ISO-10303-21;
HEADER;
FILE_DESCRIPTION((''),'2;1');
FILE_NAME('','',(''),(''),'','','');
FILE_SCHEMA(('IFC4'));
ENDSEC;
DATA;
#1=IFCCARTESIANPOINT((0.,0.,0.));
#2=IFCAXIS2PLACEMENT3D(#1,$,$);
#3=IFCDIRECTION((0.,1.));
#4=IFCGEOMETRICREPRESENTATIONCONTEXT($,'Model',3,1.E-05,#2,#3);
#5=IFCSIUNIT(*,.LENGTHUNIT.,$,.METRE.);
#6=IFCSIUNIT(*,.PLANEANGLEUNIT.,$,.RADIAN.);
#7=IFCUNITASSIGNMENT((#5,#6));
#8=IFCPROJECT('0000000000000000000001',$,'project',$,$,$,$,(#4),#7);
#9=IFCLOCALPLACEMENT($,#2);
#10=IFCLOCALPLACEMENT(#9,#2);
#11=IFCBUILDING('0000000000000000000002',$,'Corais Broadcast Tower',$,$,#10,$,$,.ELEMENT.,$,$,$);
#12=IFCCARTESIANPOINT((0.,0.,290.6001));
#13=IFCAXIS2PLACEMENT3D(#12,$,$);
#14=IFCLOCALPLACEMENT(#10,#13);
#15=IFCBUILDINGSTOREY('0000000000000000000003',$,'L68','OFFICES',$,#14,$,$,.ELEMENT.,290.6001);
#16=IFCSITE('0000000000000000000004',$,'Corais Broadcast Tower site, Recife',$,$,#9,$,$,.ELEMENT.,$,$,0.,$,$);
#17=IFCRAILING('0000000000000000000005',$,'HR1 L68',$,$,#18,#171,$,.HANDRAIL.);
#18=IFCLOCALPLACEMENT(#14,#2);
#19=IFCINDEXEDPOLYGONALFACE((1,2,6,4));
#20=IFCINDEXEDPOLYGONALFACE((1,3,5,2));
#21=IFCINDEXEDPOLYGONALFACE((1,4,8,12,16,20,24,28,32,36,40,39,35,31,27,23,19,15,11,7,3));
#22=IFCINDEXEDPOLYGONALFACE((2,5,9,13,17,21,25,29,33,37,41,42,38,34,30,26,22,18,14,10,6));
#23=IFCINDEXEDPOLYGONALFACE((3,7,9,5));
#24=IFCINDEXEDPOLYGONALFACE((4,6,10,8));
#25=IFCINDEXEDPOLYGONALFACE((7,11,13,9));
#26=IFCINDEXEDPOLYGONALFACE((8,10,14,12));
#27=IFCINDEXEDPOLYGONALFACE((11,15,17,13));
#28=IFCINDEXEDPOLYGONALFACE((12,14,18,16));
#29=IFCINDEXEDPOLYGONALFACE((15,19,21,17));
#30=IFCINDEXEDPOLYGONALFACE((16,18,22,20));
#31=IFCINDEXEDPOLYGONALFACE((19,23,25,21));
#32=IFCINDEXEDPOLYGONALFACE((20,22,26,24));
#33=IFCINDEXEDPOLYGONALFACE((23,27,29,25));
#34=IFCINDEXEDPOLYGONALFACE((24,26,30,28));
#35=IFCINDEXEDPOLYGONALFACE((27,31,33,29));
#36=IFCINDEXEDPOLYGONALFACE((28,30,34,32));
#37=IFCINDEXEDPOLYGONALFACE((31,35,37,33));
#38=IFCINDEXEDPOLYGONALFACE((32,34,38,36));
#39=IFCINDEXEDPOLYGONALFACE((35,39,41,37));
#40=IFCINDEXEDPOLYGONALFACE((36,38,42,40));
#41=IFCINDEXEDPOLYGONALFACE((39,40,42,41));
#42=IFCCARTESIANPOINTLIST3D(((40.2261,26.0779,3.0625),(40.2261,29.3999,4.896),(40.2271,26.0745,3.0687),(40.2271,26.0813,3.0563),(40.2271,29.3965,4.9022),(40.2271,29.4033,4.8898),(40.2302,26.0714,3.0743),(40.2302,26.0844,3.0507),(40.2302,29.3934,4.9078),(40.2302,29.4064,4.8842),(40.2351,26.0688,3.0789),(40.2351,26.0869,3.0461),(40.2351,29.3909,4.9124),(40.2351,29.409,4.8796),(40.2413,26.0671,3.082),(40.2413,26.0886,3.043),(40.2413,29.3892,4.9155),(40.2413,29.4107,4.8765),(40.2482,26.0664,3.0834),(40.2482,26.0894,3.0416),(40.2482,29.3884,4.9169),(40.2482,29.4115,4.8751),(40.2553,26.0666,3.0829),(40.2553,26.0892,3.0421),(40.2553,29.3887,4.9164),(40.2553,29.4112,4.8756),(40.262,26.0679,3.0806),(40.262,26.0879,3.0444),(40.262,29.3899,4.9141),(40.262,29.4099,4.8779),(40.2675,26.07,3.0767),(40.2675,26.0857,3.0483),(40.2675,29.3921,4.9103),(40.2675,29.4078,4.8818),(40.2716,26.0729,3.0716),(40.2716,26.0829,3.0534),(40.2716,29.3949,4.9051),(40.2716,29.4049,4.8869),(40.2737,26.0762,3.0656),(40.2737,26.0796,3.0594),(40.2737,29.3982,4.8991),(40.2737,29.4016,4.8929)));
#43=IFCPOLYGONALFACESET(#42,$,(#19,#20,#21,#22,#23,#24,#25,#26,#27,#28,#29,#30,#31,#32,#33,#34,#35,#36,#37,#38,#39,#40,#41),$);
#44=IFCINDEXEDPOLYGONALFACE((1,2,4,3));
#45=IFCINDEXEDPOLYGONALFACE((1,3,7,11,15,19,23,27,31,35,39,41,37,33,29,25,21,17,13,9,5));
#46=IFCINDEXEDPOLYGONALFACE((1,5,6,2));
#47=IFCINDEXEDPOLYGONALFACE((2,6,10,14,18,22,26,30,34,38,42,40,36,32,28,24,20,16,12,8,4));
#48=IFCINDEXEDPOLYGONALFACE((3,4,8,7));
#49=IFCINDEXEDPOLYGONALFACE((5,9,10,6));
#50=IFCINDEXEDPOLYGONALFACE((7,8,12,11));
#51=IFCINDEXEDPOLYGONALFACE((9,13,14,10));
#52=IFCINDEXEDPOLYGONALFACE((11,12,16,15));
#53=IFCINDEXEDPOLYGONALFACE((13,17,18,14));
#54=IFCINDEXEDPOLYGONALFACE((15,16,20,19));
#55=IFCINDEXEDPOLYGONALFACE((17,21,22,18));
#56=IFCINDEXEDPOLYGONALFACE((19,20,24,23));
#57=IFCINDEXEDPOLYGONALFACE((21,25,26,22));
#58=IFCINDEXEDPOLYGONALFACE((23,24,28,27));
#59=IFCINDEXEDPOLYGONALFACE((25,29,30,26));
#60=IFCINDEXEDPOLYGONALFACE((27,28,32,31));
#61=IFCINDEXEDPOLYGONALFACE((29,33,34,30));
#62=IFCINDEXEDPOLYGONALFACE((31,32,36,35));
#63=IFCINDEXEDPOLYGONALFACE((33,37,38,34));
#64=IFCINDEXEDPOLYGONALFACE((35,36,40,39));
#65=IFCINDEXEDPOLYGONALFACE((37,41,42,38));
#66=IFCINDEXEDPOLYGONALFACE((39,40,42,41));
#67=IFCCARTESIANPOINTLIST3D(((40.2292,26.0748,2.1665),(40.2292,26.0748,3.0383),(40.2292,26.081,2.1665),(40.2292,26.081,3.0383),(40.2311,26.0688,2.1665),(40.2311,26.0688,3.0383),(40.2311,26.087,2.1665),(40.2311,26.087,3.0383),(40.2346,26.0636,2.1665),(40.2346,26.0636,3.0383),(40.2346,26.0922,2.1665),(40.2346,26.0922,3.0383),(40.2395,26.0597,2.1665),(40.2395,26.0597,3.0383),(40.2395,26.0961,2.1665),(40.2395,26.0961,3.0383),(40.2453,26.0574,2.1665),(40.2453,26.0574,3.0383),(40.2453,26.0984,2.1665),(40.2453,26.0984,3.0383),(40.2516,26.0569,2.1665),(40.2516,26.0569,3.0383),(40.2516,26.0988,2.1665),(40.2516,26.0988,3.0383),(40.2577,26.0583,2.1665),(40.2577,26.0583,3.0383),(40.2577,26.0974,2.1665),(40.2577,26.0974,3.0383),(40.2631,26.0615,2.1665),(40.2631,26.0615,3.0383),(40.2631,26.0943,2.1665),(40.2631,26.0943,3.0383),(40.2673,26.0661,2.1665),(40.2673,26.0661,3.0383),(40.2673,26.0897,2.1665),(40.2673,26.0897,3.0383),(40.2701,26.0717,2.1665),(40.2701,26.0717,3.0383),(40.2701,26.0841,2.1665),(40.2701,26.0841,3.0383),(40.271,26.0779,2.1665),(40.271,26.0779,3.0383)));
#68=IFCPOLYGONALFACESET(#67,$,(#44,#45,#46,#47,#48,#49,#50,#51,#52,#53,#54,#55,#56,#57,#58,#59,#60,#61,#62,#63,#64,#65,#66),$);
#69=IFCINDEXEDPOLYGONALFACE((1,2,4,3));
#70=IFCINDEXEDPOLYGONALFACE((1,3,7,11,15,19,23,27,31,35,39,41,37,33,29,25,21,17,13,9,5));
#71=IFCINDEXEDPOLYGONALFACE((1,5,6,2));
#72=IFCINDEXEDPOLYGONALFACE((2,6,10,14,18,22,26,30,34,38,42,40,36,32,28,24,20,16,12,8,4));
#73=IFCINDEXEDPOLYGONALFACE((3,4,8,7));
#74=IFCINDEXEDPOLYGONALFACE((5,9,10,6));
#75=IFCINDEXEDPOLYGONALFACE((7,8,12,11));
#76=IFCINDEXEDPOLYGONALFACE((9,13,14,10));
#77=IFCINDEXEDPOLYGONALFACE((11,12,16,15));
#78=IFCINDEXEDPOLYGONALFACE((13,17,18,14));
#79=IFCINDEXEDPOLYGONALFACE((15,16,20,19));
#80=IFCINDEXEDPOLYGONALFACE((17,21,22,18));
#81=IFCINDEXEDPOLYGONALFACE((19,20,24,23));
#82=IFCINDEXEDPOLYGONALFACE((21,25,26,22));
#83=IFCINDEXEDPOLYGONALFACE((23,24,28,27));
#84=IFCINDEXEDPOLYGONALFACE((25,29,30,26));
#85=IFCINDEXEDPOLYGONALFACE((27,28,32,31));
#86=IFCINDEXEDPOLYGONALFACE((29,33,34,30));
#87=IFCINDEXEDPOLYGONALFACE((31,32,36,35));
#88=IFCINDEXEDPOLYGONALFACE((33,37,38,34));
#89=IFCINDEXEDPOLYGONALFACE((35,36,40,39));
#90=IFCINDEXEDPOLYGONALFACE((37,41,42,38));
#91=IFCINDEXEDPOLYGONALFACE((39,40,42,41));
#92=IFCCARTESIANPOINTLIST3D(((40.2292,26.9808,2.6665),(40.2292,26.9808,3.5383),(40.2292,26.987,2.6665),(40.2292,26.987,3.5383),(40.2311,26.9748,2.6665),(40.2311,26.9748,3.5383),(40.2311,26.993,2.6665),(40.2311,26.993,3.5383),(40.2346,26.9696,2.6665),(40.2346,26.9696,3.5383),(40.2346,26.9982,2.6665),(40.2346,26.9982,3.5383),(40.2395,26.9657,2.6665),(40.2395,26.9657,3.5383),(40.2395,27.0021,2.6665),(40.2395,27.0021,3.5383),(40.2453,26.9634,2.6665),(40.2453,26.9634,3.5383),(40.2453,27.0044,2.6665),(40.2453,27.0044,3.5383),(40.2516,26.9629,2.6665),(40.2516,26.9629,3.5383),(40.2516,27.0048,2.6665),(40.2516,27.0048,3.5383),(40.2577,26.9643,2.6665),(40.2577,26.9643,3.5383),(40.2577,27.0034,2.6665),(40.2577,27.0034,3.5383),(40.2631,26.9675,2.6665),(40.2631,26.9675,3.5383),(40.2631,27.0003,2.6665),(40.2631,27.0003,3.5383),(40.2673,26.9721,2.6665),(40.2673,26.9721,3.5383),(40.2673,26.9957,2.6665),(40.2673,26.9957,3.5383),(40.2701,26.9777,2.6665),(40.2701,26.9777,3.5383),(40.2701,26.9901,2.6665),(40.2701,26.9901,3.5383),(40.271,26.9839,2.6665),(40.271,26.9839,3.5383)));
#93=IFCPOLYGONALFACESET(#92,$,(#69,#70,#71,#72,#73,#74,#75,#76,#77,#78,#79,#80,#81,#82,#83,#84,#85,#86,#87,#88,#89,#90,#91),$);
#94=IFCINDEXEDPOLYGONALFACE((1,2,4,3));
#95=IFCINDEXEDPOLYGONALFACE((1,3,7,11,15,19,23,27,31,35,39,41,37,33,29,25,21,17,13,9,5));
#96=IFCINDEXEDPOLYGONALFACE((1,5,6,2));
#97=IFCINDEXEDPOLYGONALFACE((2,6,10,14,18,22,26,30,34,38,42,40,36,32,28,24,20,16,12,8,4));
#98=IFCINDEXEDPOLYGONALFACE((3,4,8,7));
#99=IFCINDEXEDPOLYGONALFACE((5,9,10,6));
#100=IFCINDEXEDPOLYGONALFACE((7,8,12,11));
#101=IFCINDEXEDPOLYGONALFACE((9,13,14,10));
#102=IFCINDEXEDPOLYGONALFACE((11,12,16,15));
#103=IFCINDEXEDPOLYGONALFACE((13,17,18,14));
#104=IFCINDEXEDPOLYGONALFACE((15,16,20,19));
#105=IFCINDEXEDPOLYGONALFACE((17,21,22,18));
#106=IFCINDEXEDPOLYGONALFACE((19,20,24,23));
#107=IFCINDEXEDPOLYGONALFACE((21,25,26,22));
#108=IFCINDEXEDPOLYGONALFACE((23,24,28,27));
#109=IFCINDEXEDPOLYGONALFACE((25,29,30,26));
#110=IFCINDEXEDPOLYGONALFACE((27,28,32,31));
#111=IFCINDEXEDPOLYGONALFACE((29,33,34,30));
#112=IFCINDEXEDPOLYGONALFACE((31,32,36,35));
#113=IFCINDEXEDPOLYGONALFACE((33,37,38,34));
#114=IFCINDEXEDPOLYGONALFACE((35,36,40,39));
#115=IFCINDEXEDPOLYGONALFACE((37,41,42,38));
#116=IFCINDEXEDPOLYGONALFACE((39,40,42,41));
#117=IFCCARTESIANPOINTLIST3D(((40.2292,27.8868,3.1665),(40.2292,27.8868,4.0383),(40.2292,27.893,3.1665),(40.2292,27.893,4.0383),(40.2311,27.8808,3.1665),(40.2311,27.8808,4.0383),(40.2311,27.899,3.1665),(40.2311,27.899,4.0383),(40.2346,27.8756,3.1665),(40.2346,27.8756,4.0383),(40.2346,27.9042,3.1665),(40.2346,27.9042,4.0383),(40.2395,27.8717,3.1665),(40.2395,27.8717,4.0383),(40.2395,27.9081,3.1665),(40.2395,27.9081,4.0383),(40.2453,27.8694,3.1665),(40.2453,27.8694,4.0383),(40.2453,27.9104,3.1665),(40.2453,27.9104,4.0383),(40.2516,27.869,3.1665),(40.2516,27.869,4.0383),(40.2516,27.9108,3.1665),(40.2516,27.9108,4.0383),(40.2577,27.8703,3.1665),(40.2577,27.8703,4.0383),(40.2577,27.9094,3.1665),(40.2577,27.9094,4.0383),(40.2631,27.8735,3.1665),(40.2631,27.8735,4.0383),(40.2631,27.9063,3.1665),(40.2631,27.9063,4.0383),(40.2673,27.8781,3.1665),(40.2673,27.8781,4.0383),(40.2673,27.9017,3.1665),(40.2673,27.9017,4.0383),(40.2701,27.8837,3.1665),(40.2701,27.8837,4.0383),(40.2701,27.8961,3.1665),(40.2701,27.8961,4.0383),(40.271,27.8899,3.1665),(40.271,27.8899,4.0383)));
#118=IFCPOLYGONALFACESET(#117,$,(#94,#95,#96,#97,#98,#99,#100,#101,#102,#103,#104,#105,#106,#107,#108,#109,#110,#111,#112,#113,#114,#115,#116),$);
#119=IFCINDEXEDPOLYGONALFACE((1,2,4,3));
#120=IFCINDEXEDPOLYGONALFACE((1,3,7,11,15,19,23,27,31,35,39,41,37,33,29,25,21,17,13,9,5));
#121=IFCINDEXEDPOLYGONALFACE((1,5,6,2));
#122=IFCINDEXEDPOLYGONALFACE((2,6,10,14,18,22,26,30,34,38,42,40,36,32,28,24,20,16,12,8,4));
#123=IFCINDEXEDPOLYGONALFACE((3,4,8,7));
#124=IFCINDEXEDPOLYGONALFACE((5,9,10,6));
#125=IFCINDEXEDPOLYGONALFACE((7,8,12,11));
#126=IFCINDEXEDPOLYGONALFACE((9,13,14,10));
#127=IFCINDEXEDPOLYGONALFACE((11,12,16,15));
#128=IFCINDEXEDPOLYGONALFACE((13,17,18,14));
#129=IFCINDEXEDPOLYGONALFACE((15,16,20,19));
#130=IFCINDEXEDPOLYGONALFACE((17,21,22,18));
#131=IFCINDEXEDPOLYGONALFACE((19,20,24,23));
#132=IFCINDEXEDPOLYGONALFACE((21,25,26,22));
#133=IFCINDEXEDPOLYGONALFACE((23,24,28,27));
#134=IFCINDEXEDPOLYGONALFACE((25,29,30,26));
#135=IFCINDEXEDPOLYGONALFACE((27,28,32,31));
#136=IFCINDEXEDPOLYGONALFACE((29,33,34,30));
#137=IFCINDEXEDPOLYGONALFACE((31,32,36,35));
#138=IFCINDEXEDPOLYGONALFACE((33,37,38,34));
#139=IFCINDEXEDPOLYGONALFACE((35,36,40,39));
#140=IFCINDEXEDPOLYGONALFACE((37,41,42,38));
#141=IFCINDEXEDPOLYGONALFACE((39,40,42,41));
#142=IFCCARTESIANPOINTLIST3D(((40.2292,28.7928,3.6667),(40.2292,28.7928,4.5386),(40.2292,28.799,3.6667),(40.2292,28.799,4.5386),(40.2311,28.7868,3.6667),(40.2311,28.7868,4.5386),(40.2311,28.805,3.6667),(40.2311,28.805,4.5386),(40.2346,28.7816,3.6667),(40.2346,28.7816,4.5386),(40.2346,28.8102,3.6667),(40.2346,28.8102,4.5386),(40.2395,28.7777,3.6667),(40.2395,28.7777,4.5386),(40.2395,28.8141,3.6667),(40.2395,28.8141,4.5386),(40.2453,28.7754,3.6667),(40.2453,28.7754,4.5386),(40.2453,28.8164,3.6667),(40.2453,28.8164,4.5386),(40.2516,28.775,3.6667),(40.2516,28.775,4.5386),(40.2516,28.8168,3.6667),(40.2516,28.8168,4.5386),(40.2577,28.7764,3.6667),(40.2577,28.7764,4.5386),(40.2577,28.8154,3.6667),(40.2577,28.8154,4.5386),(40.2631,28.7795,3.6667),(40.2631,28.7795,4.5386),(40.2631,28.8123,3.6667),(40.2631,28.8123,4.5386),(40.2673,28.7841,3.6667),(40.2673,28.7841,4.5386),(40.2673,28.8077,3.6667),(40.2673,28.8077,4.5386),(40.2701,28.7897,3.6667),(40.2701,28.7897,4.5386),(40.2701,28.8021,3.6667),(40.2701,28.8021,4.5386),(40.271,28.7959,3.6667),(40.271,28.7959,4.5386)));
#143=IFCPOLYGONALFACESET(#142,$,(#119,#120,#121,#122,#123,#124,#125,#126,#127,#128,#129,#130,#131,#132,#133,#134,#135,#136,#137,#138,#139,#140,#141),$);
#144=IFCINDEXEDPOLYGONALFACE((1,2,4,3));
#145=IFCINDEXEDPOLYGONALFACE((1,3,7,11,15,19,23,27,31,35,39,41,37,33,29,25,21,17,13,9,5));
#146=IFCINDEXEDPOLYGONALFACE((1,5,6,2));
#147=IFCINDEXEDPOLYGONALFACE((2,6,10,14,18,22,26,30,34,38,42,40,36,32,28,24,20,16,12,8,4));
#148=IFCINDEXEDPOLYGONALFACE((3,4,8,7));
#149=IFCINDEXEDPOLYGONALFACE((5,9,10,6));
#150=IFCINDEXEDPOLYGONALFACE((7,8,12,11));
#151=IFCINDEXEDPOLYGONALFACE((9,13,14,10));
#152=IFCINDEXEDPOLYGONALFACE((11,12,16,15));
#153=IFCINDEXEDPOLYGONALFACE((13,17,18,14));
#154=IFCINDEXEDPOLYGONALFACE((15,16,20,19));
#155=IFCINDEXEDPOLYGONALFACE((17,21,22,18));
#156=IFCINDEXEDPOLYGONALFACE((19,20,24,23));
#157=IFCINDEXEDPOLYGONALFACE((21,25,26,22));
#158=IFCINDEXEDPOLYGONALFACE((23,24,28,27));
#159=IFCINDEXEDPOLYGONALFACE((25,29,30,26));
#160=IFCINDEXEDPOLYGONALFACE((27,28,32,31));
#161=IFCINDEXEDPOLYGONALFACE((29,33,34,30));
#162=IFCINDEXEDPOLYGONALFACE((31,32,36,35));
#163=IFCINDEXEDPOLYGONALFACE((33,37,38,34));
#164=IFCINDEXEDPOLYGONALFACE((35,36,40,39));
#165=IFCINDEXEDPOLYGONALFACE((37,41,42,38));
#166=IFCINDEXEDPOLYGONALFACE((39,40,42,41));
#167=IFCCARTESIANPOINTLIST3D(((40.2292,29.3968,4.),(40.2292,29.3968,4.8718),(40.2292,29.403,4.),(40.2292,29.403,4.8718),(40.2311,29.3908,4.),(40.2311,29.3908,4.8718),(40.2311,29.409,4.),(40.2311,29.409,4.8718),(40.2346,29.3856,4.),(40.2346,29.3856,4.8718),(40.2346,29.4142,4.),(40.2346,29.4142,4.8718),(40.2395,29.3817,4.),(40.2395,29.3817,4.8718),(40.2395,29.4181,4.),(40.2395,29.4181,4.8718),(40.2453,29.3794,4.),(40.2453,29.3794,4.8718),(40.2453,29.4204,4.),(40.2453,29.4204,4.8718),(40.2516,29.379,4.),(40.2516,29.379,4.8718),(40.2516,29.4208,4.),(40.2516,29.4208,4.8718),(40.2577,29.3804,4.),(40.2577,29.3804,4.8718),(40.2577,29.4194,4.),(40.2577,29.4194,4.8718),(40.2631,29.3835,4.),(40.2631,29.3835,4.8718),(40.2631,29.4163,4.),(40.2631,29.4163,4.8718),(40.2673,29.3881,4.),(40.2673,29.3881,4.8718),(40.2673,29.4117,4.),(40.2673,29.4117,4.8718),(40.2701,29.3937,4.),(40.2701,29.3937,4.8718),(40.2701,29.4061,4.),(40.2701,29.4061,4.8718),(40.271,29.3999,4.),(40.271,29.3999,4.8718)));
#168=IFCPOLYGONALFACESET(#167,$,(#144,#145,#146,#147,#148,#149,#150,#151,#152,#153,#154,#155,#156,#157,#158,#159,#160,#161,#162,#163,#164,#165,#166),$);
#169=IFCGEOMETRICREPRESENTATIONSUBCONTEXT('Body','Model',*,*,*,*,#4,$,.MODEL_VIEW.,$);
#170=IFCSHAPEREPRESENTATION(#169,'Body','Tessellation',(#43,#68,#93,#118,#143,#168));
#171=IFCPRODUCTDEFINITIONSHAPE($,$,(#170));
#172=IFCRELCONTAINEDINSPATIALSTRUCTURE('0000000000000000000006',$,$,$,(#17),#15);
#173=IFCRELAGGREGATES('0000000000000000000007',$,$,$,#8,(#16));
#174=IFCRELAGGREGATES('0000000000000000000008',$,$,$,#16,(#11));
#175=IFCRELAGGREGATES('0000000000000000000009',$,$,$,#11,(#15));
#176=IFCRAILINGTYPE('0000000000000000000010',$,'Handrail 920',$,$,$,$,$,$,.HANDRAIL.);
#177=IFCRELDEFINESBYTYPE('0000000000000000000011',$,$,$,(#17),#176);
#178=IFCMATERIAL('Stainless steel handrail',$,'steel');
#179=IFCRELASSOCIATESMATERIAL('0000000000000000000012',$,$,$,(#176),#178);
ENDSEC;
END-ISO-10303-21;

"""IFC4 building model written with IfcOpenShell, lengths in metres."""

from ifc_helpers import new_model, si_unit, direction, frame, origin, origin_2d, place, context, subcontext, project, spatial, circle, extrude, material, type_object, element, save


model = new_model("IFC4")

# Units and contexts
model_context = context("Model", 3, precision=1e-05, world=origin(), true_north=direction((0.0, 1.0)))
body_context = subcontext(model_context, "Body", "Model", "MODEL_VIEW")
ifc_project = project(units=[si_unit("LENGTHUNIT", "METRE"), si_unit("PLANEANGLEUNIT", "RADIAN")], contexts=[model_context])

# Site, building, storey
site_placement = place(None, origin())
site = spatial("IfcSite", under=ifc_project, at=site_placement, Name="Corais Broadcast Tower site, Recife", CompositionType="ELEMENT", RefElevation=0.0)
building_placement = place(site_placement, origin())
building = spatial("IfcBuilding", under=site, at=building_placement, Name="Corais Broadcast Tower", CompositionType="ELEMENT")
storey_placement = place(building_placement, frame((0.0, 0.0, 290.6001)))
storey = spatial("IfcBuildingStorey", under=building, at=storey_placement, Name="L68", Description="OFFICES", CompositionType="ELEMENT", Elevation=290.6001)

# Railing
ifc_material_1 = material(Name="Stainless steel handrail", Category="steel")
railing_type = type_object("IfcRailingType", Name="Handrail 920", PredefinedType="HANDRAIL", material=ifc_material_1)
for number, where, name in (
    (1, (40.25, 26.0779, 2.1665), "HR1 L68"),
):
    element("IfcRailing", number, at=place(storey_placement, frame(where)), inside=storey, type_object=railing_type, Name=name, PredefinedType="HANDRAIL", context=body_context, shape_type="SweptSolid", body=[
        extrude(circle(Radius=0.0239, at=origin_2d()), frame((0.0, 0.0, 0.896), z_axis=(0.0, 0.875504, 0.48321), x_axis=(-1.0, 0.0, 0.0)), (0.0, 0.0, 1.0), 3.7944),
        extrude(circle(Radius=0.021, at=origin_2d()), origin(), (0.0, 0.0, 1.0), 0.8718),
        extrude(circle(Radius=0.021, at=origin_2d()), frame((0.0, 0.906, 0.5)), (0.0, 0.0, 1.0), 0.8718),
        extrude(circle(Radius=0.021, at=origin_2d()), frame((0.0, 1.812, 1.0)), (0.0, 0.0, 1.0), 0.8718),
        extrude(circle(Radius=0.021, at=origin_2d()), frame((0.0, 2.718, 1.5002)), (0.0, 0.0, 1.0), 0.8718),
        extrude(circle(Radius=0.021, at=origin_2d()), frame((0.0, 3.322, 1.8335)), (0.0, 0.0, 1.0), 0.8718),
    ])

save(model, "model.ifc")
